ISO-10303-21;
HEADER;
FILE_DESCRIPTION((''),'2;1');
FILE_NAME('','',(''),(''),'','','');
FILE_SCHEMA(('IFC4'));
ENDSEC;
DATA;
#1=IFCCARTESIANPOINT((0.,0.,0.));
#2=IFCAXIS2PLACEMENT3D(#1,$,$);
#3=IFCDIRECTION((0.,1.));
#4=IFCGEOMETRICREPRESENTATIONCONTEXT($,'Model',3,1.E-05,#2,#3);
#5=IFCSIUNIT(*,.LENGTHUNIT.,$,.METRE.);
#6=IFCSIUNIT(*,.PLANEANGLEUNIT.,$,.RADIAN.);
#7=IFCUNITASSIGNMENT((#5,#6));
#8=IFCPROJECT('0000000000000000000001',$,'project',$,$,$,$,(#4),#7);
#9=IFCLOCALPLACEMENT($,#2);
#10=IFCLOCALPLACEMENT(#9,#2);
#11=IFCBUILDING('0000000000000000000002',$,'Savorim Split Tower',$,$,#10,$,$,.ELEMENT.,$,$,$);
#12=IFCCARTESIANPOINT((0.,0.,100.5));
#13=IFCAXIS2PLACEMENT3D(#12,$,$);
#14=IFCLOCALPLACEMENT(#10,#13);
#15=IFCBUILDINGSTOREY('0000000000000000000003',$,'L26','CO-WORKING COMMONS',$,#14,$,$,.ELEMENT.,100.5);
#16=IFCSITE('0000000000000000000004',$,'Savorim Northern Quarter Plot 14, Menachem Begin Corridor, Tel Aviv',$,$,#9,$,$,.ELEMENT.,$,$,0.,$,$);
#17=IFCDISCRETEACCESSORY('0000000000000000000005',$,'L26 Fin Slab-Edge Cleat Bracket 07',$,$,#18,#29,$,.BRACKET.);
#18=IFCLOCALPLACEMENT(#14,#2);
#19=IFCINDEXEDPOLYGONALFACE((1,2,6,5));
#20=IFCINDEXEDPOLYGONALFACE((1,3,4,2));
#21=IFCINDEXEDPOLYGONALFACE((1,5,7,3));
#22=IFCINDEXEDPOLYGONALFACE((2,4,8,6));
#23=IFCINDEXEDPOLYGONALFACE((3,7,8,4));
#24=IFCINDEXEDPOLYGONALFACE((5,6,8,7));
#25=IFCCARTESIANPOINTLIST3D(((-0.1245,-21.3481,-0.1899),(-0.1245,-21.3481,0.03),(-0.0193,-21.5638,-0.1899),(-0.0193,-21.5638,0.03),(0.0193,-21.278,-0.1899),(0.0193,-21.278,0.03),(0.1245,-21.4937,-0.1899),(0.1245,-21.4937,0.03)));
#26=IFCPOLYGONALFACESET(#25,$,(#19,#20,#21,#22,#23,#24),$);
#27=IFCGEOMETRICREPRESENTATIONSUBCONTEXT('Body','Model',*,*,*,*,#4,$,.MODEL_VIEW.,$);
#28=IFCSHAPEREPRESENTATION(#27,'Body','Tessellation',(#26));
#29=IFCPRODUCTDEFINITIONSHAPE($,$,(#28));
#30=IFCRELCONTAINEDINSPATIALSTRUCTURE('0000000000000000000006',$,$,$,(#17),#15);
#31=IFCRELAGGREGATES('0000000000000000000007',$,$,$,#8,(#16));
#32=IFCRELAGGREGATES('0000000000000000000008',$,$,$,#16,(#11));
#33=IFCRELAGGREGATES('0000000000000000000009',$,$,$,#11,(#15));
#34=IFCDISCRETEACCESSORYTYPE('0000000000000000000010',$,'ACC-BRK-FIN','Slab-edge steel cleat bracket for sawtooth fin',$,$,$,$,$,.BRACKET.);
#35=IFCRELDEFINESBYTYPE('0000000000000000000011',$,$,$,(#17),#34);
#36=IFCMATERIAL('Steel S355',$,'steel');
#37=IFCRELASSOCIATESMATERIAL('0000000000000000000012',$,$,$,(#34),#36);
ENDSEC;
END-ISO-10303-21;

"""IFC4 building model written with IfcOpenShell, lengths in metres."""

from ifc_helpers import new_model, si_unit, direction, frame, origin, origin_2d, place, context, subcontext, project, spatial, rectangle, extrude, material, type_object, element, save


model = new_model("IFC4")

# Units and contexts
model_context = context("Model", 3, precision=1e-05, world=origin(), true_north=direction((0.0, 1.0)))
body_context = subcontext(model_context, "Body", "Model", "MODEL_VIEW")
ifc_project = project(units=[si_unit("LENGTHUNIT", "METRE"), si_unit("PLANEANGLEUNIT", "RADIAN")], contexts=[model_context])

# Site, building, storey
site_placement = place(None, origin())
site = spatial("IfcSite", under=ifc_project, at=site_placement, Name="Savorim Northern Quarter Plot 14, Menachem Begin Corridor, Tel Aviv", CompositionType="ELEMENT", RefElevation=0.0)
building_placement = place(site_placement, origin())
building = spatial("IfcBuilding", under=site, at=building_placement, Name="Savorim Split Tower", CompositionType="ELEMENT")
storey_placement = place(building_placement, frame((0.0, 0.0, 100.5)))
storey = spatial("IfcBuildingStorey", under=building, at=storey_placement, Name="L26", Description="CO-WORKING COMMONS", CompositionType="ELEMENT", Elevation=100.5)

# Shared definitions
ifc_material_1 = material(Name="Steel S355", Category="steel")

# Discrete accessory
discrete_accessory_type = type_object("IfcDiscreteAccessoryType", Name="ACC-BRK-FIN", Description="Slab-edge steel cleat bracket for sawtooth fin", PredefinedType="BRACKET", material=ifc_material_1)
for number, where, z_axis, x_axis, name in (
    (1, (0.0, -21.4209, -0.1899), (0.0, 0.0, 1.0), (0.438371, -0.898794, 0.0), "L26 Fin Slab-Edge Cleat Bracket 07"),
):
    element("IfcDiscreteAccessory", number, at=place(storey_placement, frame(where, z_axis=z_axis, x_axis=x_axis)), inside=storey, type_object=discrete_accessory_type, Name=name, PredefinedType="BRACKET", context=body_context, shape_type="SweptSolid", body=[
        extrude(rectangle(XDim=0.24, YDim=0.1599, at=origin_2d()), origin(), (0.0, 0.0, 1.0), 0.22),
    ])

save(model, "model.ifc")
